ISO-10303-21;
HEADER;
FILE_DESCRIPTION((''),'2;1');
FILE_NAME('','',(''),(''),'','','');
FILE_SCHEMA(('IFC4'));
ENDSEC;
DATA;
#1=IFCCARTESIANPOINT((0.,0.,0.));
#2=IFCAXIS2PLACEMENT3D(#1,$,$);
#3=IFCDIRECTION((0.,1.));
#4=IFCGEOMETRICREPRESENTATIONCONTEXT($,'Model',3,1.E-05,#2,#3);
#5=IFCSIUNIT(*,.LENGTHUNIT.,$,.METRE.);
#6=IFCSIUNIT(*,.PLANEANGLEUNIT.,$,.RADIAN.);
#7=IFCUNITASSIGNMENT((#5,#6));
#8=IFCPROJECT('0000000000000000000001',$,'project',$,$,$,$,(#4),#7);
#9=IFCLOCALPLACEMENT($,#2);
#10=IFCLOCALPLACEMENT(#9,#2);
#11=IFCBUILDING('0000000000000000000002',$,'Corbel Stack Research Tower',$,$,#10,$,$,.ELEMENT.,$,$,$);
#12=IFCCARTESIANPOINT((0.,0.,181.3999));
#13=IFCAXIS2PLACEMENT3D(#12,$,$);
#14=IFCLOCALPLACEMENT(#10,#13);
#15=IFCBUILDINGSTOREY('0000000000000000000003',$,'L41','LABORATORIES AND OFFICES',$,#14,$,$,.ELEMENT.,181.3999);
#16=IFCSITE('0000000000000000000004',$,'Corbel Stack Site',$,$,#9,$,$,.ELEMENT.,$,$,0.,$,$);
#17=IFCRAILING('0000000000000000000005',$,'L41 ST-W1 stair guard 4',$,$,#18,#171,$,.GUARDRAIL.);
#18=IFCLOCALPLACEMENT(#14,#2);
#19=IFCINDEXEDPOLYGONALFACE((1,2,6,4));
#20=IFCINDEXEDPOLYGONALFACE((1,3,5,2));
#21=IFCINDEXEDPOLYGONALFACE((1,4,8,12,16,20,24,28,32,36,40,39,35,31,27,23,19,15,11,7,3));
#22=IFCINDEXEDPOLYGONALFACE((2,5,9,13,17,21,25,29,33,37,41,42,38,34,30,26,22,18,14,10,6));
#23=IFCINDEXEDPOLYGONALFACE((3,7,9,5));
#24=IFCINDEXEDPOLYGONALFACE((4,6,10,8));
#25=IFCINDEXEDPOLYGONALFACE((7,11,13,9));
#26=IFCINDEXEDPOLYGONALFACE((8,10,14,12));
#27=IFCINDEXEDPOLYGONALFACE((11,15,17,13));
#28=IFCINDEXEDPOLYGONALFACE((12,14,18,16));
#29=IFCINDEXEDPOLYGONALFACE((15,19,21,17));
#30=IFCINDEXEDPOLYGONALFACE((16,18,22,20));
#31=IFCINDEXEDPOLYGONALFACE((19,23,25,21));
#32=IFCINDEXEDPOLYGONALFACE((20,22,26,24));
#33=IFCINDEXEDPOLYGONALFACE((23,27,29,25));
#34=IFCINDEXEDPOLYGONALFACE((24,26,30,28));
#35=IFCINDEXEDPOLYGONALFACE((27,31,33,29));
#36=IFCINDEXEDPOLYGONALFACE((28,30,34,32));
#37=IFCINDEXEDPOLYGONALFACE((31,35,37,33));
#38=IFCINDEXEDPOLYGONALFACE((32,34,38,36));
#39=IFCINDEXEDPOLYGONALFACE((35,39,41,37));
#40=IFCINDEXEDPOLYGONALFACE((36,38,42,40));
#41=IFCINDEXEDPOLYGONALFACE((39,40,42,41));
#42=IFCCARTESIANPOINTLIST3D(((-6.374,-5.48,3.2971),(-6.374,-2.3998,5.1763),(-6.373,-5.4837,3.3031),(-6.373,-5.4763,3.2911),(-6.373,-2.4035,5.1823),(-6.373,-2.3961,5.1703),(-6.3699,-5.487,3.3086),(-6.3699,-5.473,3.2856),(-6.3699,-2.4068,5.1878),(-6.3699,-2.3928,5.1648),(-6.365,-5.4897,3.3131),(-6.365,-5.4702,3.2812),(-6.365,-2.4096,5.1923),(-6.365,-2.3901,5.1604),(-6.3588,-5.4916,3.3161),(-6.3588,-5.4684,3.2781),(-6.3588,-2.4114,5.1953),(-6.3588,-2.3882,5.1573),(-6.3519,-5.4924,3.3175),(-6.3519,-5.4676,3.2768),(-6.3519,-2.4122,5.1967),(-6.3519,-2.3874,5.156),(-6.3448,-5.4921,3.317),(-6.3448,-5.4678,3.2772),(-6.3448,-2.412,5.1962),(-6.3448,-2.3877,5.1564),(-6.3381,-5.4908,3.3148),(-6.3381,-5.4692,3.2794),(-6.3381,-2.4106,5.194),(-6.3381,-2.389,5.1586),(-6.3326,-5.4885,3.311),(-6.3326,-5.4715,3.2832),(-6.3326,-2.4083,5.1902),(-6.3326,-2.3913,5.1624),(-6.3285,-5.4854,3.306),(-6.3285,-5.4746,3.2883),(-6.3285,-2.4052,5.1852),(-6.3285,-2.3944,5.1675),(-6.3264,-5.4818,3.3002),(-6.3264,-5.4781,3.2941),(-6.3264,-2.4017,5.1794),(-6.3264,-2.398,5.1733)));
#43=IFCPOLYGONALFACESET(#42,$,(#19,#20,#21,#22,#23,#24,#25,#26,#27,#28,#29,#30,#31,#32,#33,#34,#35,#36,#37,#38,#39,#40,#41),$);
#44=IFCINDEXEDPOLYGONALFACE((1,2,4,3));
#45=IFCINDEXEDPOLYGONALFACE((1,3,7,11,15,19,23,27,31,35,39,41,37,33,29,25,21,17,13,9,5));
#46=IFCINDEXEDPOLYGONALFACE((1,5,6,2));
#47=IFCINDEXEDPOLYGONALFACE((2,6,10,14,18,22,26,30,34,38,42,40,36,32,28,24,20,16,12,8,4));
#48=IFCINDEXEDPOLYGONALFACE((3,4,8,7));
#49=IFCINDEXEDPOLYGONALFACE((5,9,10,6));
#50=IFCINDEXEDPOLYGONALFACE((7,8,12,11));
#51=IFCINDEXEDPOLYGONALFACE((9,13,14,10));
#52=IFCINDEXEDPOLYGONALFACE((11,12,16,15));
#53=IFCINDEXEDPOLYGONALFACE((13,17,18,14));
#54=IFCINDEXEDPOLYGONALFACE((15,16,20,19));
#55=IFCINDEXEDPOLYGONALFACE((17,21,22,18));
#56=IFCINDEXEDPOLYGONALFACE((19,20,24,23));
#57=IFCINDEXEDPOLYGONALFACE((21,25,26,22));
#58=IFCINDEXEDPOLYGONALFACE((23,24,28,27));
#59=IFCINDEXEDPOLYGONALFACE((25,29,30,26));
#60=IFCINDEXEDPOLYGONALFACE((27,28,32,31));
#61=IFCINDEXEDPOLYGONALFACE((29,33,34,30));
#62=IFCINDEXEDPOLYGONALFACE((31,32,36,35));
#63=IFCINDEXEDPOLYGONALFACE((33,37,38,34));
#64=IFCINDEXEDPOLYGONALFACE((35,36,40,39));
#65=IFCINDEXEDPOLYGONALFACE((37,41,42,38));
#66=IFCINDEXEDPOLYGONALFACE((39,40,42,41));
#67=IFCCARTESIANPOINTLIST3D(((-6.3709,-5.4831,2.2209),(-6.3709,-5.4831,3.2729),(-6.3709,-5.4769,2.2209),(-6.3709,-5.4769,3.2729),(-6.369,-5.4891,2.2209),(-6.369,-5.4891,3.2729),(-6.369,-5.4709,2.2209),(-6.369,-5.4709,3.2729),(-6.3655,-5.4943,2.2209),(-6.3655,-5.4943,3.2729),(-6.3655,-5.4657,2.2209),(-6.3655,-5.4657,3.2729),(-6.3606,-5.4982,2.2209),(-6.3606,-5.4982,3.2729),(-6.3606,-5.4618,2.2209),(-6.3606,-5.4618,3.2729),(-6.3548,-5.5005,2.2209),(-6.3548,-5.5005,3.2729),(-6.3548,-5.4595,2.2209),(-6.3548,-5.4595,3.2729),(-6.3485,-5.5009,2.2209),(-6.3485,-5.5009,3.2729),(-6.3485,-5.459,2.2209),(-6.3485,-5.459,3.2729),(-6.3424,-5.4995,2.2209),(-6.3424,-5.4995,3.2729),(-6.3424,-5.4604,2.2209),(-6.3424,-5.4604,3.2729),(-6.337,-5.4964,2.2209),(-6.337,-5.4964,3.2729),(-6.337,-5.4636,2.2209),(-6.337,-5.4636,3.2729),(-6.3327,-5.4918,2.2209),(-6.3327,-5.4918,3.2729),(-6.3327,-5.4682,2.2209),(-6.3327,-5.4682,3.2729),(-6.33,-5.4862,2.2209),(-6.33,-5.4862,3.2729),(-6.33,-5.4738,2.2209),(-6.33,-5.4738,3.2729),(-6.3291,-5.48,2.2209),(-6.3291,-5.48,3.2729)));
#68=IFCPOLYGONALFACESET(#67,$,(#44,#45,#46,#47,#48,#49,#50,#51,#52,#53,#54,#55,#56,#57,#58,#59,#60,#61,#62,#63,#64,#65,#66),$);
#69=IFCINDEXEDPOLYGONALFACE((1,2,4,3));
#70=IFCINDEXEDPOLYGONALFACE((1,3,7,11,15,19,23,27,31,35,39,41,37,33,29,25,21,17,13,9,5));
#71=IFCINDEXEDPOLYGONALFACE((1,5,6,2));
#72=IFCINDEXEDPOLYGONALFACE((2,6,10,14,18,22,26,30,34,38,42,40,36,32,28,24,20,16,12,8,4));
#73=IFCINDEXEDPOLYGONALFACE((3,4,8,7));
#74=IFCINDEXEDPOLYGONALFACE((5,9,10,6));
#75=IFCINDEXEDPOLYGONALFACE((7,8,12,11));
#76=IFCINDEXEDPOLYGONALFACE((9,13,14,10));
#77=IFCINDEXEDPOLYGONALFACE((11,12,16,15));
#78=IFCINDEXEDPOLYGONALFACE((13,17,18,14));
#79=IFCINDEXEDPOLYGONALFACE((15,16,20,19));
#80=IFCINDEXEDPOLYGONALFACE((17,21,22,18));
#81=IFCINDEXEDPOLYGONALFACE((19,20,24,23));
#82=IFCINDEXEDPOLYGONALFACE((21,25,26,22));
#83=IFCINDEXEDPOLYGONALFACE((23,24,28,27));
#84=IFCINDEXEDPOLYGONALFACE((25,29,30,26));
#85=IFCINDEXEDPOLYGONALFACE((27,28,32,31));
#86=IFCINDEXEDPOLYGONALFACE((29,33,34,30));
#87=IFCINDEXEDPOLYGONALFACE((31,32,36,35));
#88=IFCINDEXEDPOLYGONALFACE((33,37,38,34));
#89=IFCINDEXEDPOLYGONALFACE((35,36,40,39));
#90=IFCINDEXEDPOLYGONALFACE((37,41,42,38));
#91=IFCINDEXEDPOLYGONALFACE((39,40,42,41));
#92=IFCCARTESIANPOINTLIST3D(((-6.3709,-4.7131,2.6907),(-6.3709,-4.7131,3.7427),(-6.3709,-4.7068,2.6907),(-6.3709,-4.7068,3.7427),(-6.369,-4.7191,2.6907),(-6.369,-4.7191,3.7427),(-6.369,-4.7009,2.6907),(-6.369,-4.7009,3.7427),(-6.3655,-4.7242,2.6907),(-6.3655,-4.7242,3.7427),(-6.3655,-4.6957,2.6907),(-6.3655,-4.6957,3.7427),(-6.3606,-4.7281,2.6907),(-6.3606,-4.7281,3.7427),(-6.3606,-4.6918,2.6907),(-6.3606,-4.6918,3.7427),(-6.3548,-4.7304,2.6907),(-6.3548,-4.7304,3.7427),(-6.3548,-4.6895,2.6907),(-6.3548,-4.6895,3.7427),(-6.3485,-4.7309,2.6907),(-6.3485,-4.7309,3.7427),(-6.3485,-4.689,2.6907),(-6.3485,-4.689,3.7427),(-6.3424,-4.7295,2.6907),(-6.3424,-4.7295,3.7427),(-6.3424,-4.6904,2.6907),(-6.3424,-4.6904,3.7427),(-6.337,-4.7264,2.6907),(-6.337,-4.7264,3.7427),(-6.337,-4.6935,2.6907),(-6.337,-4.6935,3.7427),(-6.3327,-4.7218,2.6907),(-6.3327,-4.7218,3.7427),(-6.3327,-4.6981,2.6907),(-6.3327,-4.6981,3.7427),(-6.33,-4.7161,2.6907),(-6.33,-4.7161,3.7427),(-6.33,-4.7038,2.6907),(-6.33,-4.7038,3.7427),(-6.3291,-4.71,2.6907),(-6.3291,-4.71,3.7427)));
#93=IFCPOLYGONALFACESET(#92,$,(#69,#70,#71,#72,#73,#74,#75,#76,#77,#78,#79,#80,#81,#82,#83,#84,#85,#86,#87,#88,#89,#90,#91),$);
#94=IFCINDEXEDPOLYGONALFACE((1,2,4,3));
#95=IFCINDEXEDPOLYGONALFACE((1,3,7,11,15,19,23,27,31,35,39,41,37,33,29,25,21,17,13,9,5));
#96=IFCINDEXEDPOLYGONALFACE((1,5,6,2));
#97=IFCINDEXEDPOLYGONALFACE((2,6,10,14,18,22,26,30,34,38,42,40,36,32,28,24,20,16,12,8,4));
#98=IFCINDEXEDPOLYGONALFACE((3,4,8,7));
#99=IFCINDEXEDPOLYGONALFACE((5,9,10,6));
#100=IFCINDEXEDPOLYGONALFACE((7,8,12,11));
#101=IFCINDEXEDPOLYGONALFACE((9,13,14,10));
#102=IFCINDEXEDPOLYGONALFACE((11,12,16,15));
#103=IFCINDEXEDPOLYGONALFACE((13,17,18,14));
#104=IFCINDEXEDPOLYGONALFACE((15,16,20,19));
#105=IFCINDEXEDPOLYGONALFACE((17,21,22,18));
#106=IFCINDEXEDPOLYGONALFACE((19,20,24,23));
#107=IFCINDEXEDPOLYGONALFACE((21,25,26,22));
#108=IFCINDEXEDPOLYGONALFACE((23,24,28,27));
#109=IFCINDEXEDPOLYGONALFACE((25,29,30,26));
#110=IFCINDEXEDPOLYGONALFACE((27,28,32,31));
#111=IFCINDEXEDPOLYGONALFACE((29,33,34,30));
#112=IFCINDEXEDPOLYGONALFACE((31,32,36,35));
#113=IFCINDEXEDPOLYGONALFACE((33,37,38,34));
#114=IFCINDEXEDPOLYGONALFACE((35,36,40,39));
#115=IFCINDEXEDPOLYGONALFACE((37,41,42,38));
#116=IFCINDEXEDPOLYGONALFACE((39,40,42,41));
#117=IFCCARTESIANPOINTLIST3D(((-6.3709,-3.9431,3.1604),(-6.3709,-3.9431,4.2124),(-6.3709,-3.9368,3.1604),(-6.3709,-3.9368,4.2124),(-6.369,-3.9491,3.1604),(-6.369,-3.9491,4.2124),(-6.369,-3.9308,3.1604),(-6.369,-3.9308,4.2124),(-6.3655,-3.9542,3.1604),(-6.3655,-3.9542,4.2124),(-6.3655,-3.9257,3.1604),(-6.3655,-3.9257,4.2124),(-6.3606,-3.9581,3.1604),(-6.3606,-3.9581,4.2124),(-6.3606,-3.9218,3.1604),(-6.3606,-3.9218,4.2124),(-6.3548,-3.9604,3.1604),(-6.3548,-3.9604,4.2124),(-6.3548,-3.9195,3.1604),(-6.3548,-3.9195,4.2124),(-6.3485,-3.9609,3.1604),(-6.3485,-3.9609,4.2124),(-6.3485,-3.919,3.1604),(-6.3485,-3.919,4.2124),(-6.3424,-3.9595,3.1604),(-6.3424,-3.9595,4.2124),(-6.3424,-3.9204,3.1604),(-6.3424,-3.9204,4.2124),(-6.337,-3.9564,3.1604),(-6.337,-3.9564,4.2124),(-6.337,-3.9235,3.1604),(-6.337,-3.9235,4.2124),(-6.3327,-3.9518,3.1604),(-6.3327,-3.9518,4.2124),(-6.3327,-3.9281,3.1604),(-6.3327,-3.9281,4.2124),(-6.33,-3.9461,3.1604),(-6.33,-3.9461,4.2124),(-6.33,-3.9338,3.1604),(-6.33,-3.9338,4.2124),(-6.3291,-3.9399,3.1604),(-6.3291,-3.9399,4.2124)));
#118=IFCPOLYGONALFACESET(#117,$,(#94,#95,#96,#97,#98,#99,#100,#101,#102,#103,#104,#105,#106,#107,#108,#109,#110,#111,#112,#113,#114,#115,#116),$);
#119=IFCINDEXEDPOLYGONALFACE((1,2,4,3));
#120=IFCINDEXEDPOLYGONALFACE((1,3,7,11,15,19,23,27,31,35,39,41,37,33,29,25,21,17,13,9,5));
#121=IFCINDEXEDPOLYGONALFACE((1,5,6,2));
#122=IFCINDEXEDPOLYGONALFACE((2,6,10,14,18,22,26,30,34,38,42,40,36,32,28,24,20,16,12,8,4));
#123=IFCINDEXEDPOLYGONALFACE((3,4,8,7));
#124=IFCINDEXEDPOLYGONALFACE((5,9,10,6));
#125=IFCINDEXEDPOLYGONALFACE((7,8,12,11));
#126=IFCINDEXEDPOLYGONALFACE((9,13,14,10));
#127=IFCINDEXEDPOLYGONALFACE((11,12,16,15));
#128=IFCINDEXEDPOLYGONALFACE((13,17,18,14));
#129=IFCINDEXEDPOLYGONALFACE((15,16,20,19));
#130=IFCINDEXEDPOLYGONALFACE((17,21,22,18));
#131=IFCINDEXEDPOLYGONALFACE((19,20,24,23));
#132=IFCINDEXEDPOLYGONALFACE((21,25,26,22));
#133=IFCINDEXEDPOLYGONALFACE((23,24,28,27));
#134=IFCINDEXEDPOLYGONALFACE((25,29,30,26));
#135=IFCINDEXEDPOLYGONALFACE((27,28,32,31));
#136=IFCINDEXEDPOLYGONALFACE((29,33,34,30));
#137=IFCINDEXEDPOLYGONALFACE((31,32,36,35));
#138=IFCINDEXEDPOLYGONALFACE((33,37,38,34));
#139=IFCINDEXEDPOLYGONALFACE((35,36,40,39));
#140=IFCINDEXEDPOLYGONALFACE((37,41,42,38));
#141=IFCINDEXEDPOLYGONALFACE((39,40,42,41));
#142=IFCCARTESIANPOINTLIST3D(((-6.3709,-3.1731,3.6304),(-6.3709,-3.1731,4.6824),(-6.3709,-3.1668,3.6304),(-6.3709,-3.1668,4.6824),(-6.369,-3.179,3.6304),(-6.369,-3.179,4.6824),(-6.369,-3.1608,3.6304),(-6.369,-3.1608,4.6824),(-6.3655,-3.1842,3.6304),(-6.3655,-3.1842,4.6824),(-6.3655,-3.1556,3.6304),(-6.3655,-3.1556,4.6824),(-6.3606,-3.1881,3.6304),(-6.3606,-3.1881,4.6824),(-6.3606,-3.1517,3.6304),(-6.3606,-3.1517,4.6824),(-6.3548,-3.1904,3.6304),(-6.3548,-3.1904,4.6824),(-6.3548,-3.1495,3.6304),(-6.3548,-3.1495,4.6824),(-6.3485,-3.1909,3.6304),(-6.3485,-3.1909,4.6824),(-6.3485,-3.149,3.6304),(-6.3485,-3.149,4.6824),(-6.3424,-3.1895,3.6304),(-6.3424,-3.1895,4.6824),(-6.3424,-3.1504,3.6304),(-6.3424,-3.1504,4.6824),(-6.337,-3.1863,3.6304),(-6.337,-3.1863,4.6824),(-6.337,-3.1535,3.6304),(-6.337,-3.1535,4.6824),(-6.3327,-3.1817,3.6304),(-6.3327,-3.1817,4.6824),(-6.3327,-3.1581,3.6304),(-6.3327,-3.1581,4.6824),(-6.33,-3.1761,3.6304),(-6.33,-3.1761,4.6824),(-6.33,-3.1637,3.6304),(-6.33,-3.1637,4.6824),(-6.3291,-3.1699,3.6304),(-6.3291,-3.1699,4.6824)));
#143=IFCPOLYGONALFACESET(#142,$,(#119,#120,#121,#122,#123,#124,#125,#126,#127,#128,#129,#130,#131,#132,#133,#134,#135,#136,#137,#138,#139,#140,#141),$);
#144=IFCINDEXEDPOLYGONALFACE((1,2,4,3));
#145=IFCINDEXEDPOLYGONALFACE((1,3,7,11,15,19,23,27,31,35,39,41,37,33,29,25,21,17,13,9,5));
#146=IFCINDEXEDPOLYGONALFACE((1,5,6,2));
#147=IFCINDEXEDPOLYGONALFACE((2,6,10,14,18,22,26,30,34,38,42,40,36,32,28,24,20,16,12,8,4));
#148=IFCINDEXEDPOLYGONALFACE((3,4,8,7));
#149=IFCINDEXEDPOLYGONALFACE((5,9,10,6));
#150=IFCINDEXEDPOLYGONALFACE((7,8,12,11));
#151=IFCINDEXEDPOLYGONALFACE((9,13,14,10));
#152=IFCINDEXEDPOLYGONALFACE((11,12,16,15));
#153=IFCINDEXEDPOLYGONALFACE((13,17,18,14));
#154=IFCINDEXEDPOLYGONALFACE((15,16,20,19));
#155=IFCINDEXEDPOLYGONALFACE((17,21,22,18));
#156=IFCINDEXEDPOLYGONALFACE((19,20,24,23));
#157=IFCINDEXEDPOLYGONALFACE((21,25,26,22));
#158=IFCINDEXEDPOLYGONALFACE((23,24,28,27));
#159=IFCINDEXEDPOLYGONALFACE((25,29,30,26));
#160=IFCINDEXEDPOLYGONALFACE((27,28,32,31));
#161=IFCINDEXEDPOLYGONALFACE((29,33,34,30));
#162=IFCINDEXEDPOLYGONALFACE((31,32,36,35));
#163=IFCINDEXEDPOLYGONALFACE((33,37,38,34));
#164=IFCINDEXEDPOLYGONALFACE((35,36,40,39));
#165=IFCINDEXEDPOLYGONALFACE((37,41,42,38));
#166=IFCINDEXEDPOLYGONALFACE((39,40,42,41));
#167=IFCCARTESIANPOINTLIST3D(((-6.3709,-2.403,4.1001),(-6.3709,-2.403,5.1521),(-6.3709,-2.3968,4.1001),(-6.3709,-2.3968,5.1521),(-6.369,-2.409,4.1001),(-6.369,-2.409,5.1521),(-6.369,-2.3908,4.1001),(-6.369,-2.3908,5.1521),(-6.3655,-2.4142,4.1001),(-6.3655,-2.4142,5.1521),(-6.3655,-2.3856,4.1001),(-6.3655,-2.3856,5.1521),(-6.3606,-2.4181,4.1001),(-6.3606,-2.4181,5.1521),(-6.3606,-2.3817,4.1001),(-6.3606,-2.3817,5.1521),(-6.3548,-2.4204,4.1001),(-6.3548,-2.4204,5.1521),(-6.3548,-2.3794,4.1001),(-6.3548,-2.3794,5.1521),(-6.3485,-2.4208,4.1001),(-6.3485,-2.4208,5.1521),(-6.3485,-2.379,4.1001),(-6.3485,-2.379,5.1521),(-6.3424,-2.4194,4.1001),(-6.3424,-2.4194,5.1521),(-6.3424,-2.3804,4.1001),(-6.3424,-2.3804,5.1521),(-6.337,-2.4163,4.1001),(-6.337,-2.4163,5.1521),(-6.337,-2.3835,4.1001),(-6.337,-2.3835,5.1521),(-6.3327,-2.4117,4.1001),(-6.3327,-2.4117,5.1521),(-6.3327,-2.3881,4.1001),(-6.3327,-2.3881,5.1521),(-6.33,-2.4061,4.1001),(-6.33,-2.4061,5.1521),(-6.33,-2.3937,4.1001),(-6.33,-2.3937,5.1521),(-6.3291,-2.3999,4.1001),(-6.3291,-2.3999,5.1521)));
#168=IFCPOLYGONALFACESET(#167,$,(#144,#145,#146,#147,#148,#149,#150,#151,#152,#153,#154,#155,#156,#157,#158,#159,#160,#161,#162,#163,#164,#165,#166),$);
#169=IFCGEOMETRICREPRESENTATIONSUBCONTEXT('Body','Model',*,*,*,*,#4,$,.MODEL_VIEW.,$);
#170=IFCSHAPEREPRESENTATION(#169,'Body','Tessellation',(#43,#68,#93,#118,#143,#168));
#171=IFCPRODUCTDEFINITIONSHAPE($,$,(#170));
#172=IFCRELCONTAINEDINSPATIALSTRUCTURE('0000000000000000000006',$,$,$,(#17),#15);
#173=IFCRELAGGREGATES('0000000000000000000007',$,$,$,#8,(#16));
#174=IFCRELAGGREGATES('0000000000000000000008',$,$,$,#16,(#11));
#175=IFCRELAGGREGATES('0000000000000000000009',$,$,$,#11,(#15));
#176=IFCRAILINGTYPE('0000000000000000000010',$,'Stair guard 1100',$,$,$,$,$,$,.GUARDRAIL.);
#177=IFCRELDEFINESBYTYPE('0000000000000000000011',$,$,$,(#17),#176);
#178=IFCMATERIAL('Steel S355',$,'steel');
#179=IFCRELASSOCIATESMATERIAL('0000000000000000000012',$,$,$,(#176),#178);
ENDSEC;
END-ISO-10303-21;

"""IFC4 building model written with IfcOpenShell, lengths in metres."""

from ifc_helpers import new_model, si_unit, direction, frame, origin, origin_2d, place, context, subcontext, project, spatial, circle, extrude, material, type_object, element, save


model = new_model("IFC4")

# Units and contexts
model_context = context("Model", 3, precision=1e-05, world=origin(), true_north=direction((0.0, 1.0)))
body_context = subcontext(model_context, "Body", "Model", "MODEL_VIEW")
ifc_project = project(units=[si_unit("LENGTHUNIT", "METRE"), si_unit("PLANEANGLEUNIT", "RADIAN")], contexts=[model_context])

# Site, building, storey
site_placement = place(None, origin())
site = spatial("IfcSite", under=ifc_project, at=site_placement, Name="Corbel Stack Site", CompositionType="ELEMENT", RefElevation=0.0)
building_placement = place(site_placement, origin())
building = spatial("IfcBuilding", under=site, at=building_placement, Name="Corbel Stack Research Tower", CompositionType="ELEMENT")
storey_placement = place(building_placement, frame((0.0, 0.0, 181.3999)))
storey = spatial("IfcBuildingStorey", under=building, at=storey_placement, Name="L41", Description="LABORATORIES AND OFFICES", CompositionType="ELEMENT", Elevation=181.3999)

# Railing
ifc_material_1 = material(Name="Steel S355", Category="steel")
railing_type_1 = type_object("IfcRailingType", Name="Stair guard 1100", PredefinedType="GUARDRAIL", material=ifc_material_1)
railing_1_placement = place(storey_placement, frame((-6.3501, -5.48, 2.2209)))
element("IfcRailing", 1, at=railing_1_placement, inside=storey, type_object=railing_type_1, Name="L41 ST-W1 stair guard 4", PredefinedType="GUARDRAIL", context=body_context, shape_type="SweptSolid", body=[
    extrude(circle(Radius=0.0239, at=origin_2d()), frame((0.0, 0.0, 1.0762), z_axis=(0.0, 0.853666, 0.52082), x_axis=(-1.0, 0.0, 0.0)), (0.0, 0.0, 1.0), 3.6082),
    extrude(circle(Radius=0.021, at=origin_2d()), origin(), (0.0, 0.0, 1.0), 1.052),
    extrude(circle(Radius=0.021, at=origin_2d()), frame((0.0, 0.77, 0.4697)), (0.0, 0.0, 1.0), 1.052),
    extrude(circle(Radius=0.021, at=origin_2d()), frame((0.0, 1.54, 0.9395)), (0.0, 0.0, 1.0), 1.052),
    extrude(circle(Radius=0.021, at=origin_2d()), frame((0.0, 2.3101, 1.4094)), (0.0, 0.0, 1.0), 1.052),
    extrude(circle(Radius=0.021, at=origin_2d()), frame((0.0, 3.0801, 1.8792)), (0.0, 0.0, 1.0), 1.052),
])

save(model, "model.ifc")
